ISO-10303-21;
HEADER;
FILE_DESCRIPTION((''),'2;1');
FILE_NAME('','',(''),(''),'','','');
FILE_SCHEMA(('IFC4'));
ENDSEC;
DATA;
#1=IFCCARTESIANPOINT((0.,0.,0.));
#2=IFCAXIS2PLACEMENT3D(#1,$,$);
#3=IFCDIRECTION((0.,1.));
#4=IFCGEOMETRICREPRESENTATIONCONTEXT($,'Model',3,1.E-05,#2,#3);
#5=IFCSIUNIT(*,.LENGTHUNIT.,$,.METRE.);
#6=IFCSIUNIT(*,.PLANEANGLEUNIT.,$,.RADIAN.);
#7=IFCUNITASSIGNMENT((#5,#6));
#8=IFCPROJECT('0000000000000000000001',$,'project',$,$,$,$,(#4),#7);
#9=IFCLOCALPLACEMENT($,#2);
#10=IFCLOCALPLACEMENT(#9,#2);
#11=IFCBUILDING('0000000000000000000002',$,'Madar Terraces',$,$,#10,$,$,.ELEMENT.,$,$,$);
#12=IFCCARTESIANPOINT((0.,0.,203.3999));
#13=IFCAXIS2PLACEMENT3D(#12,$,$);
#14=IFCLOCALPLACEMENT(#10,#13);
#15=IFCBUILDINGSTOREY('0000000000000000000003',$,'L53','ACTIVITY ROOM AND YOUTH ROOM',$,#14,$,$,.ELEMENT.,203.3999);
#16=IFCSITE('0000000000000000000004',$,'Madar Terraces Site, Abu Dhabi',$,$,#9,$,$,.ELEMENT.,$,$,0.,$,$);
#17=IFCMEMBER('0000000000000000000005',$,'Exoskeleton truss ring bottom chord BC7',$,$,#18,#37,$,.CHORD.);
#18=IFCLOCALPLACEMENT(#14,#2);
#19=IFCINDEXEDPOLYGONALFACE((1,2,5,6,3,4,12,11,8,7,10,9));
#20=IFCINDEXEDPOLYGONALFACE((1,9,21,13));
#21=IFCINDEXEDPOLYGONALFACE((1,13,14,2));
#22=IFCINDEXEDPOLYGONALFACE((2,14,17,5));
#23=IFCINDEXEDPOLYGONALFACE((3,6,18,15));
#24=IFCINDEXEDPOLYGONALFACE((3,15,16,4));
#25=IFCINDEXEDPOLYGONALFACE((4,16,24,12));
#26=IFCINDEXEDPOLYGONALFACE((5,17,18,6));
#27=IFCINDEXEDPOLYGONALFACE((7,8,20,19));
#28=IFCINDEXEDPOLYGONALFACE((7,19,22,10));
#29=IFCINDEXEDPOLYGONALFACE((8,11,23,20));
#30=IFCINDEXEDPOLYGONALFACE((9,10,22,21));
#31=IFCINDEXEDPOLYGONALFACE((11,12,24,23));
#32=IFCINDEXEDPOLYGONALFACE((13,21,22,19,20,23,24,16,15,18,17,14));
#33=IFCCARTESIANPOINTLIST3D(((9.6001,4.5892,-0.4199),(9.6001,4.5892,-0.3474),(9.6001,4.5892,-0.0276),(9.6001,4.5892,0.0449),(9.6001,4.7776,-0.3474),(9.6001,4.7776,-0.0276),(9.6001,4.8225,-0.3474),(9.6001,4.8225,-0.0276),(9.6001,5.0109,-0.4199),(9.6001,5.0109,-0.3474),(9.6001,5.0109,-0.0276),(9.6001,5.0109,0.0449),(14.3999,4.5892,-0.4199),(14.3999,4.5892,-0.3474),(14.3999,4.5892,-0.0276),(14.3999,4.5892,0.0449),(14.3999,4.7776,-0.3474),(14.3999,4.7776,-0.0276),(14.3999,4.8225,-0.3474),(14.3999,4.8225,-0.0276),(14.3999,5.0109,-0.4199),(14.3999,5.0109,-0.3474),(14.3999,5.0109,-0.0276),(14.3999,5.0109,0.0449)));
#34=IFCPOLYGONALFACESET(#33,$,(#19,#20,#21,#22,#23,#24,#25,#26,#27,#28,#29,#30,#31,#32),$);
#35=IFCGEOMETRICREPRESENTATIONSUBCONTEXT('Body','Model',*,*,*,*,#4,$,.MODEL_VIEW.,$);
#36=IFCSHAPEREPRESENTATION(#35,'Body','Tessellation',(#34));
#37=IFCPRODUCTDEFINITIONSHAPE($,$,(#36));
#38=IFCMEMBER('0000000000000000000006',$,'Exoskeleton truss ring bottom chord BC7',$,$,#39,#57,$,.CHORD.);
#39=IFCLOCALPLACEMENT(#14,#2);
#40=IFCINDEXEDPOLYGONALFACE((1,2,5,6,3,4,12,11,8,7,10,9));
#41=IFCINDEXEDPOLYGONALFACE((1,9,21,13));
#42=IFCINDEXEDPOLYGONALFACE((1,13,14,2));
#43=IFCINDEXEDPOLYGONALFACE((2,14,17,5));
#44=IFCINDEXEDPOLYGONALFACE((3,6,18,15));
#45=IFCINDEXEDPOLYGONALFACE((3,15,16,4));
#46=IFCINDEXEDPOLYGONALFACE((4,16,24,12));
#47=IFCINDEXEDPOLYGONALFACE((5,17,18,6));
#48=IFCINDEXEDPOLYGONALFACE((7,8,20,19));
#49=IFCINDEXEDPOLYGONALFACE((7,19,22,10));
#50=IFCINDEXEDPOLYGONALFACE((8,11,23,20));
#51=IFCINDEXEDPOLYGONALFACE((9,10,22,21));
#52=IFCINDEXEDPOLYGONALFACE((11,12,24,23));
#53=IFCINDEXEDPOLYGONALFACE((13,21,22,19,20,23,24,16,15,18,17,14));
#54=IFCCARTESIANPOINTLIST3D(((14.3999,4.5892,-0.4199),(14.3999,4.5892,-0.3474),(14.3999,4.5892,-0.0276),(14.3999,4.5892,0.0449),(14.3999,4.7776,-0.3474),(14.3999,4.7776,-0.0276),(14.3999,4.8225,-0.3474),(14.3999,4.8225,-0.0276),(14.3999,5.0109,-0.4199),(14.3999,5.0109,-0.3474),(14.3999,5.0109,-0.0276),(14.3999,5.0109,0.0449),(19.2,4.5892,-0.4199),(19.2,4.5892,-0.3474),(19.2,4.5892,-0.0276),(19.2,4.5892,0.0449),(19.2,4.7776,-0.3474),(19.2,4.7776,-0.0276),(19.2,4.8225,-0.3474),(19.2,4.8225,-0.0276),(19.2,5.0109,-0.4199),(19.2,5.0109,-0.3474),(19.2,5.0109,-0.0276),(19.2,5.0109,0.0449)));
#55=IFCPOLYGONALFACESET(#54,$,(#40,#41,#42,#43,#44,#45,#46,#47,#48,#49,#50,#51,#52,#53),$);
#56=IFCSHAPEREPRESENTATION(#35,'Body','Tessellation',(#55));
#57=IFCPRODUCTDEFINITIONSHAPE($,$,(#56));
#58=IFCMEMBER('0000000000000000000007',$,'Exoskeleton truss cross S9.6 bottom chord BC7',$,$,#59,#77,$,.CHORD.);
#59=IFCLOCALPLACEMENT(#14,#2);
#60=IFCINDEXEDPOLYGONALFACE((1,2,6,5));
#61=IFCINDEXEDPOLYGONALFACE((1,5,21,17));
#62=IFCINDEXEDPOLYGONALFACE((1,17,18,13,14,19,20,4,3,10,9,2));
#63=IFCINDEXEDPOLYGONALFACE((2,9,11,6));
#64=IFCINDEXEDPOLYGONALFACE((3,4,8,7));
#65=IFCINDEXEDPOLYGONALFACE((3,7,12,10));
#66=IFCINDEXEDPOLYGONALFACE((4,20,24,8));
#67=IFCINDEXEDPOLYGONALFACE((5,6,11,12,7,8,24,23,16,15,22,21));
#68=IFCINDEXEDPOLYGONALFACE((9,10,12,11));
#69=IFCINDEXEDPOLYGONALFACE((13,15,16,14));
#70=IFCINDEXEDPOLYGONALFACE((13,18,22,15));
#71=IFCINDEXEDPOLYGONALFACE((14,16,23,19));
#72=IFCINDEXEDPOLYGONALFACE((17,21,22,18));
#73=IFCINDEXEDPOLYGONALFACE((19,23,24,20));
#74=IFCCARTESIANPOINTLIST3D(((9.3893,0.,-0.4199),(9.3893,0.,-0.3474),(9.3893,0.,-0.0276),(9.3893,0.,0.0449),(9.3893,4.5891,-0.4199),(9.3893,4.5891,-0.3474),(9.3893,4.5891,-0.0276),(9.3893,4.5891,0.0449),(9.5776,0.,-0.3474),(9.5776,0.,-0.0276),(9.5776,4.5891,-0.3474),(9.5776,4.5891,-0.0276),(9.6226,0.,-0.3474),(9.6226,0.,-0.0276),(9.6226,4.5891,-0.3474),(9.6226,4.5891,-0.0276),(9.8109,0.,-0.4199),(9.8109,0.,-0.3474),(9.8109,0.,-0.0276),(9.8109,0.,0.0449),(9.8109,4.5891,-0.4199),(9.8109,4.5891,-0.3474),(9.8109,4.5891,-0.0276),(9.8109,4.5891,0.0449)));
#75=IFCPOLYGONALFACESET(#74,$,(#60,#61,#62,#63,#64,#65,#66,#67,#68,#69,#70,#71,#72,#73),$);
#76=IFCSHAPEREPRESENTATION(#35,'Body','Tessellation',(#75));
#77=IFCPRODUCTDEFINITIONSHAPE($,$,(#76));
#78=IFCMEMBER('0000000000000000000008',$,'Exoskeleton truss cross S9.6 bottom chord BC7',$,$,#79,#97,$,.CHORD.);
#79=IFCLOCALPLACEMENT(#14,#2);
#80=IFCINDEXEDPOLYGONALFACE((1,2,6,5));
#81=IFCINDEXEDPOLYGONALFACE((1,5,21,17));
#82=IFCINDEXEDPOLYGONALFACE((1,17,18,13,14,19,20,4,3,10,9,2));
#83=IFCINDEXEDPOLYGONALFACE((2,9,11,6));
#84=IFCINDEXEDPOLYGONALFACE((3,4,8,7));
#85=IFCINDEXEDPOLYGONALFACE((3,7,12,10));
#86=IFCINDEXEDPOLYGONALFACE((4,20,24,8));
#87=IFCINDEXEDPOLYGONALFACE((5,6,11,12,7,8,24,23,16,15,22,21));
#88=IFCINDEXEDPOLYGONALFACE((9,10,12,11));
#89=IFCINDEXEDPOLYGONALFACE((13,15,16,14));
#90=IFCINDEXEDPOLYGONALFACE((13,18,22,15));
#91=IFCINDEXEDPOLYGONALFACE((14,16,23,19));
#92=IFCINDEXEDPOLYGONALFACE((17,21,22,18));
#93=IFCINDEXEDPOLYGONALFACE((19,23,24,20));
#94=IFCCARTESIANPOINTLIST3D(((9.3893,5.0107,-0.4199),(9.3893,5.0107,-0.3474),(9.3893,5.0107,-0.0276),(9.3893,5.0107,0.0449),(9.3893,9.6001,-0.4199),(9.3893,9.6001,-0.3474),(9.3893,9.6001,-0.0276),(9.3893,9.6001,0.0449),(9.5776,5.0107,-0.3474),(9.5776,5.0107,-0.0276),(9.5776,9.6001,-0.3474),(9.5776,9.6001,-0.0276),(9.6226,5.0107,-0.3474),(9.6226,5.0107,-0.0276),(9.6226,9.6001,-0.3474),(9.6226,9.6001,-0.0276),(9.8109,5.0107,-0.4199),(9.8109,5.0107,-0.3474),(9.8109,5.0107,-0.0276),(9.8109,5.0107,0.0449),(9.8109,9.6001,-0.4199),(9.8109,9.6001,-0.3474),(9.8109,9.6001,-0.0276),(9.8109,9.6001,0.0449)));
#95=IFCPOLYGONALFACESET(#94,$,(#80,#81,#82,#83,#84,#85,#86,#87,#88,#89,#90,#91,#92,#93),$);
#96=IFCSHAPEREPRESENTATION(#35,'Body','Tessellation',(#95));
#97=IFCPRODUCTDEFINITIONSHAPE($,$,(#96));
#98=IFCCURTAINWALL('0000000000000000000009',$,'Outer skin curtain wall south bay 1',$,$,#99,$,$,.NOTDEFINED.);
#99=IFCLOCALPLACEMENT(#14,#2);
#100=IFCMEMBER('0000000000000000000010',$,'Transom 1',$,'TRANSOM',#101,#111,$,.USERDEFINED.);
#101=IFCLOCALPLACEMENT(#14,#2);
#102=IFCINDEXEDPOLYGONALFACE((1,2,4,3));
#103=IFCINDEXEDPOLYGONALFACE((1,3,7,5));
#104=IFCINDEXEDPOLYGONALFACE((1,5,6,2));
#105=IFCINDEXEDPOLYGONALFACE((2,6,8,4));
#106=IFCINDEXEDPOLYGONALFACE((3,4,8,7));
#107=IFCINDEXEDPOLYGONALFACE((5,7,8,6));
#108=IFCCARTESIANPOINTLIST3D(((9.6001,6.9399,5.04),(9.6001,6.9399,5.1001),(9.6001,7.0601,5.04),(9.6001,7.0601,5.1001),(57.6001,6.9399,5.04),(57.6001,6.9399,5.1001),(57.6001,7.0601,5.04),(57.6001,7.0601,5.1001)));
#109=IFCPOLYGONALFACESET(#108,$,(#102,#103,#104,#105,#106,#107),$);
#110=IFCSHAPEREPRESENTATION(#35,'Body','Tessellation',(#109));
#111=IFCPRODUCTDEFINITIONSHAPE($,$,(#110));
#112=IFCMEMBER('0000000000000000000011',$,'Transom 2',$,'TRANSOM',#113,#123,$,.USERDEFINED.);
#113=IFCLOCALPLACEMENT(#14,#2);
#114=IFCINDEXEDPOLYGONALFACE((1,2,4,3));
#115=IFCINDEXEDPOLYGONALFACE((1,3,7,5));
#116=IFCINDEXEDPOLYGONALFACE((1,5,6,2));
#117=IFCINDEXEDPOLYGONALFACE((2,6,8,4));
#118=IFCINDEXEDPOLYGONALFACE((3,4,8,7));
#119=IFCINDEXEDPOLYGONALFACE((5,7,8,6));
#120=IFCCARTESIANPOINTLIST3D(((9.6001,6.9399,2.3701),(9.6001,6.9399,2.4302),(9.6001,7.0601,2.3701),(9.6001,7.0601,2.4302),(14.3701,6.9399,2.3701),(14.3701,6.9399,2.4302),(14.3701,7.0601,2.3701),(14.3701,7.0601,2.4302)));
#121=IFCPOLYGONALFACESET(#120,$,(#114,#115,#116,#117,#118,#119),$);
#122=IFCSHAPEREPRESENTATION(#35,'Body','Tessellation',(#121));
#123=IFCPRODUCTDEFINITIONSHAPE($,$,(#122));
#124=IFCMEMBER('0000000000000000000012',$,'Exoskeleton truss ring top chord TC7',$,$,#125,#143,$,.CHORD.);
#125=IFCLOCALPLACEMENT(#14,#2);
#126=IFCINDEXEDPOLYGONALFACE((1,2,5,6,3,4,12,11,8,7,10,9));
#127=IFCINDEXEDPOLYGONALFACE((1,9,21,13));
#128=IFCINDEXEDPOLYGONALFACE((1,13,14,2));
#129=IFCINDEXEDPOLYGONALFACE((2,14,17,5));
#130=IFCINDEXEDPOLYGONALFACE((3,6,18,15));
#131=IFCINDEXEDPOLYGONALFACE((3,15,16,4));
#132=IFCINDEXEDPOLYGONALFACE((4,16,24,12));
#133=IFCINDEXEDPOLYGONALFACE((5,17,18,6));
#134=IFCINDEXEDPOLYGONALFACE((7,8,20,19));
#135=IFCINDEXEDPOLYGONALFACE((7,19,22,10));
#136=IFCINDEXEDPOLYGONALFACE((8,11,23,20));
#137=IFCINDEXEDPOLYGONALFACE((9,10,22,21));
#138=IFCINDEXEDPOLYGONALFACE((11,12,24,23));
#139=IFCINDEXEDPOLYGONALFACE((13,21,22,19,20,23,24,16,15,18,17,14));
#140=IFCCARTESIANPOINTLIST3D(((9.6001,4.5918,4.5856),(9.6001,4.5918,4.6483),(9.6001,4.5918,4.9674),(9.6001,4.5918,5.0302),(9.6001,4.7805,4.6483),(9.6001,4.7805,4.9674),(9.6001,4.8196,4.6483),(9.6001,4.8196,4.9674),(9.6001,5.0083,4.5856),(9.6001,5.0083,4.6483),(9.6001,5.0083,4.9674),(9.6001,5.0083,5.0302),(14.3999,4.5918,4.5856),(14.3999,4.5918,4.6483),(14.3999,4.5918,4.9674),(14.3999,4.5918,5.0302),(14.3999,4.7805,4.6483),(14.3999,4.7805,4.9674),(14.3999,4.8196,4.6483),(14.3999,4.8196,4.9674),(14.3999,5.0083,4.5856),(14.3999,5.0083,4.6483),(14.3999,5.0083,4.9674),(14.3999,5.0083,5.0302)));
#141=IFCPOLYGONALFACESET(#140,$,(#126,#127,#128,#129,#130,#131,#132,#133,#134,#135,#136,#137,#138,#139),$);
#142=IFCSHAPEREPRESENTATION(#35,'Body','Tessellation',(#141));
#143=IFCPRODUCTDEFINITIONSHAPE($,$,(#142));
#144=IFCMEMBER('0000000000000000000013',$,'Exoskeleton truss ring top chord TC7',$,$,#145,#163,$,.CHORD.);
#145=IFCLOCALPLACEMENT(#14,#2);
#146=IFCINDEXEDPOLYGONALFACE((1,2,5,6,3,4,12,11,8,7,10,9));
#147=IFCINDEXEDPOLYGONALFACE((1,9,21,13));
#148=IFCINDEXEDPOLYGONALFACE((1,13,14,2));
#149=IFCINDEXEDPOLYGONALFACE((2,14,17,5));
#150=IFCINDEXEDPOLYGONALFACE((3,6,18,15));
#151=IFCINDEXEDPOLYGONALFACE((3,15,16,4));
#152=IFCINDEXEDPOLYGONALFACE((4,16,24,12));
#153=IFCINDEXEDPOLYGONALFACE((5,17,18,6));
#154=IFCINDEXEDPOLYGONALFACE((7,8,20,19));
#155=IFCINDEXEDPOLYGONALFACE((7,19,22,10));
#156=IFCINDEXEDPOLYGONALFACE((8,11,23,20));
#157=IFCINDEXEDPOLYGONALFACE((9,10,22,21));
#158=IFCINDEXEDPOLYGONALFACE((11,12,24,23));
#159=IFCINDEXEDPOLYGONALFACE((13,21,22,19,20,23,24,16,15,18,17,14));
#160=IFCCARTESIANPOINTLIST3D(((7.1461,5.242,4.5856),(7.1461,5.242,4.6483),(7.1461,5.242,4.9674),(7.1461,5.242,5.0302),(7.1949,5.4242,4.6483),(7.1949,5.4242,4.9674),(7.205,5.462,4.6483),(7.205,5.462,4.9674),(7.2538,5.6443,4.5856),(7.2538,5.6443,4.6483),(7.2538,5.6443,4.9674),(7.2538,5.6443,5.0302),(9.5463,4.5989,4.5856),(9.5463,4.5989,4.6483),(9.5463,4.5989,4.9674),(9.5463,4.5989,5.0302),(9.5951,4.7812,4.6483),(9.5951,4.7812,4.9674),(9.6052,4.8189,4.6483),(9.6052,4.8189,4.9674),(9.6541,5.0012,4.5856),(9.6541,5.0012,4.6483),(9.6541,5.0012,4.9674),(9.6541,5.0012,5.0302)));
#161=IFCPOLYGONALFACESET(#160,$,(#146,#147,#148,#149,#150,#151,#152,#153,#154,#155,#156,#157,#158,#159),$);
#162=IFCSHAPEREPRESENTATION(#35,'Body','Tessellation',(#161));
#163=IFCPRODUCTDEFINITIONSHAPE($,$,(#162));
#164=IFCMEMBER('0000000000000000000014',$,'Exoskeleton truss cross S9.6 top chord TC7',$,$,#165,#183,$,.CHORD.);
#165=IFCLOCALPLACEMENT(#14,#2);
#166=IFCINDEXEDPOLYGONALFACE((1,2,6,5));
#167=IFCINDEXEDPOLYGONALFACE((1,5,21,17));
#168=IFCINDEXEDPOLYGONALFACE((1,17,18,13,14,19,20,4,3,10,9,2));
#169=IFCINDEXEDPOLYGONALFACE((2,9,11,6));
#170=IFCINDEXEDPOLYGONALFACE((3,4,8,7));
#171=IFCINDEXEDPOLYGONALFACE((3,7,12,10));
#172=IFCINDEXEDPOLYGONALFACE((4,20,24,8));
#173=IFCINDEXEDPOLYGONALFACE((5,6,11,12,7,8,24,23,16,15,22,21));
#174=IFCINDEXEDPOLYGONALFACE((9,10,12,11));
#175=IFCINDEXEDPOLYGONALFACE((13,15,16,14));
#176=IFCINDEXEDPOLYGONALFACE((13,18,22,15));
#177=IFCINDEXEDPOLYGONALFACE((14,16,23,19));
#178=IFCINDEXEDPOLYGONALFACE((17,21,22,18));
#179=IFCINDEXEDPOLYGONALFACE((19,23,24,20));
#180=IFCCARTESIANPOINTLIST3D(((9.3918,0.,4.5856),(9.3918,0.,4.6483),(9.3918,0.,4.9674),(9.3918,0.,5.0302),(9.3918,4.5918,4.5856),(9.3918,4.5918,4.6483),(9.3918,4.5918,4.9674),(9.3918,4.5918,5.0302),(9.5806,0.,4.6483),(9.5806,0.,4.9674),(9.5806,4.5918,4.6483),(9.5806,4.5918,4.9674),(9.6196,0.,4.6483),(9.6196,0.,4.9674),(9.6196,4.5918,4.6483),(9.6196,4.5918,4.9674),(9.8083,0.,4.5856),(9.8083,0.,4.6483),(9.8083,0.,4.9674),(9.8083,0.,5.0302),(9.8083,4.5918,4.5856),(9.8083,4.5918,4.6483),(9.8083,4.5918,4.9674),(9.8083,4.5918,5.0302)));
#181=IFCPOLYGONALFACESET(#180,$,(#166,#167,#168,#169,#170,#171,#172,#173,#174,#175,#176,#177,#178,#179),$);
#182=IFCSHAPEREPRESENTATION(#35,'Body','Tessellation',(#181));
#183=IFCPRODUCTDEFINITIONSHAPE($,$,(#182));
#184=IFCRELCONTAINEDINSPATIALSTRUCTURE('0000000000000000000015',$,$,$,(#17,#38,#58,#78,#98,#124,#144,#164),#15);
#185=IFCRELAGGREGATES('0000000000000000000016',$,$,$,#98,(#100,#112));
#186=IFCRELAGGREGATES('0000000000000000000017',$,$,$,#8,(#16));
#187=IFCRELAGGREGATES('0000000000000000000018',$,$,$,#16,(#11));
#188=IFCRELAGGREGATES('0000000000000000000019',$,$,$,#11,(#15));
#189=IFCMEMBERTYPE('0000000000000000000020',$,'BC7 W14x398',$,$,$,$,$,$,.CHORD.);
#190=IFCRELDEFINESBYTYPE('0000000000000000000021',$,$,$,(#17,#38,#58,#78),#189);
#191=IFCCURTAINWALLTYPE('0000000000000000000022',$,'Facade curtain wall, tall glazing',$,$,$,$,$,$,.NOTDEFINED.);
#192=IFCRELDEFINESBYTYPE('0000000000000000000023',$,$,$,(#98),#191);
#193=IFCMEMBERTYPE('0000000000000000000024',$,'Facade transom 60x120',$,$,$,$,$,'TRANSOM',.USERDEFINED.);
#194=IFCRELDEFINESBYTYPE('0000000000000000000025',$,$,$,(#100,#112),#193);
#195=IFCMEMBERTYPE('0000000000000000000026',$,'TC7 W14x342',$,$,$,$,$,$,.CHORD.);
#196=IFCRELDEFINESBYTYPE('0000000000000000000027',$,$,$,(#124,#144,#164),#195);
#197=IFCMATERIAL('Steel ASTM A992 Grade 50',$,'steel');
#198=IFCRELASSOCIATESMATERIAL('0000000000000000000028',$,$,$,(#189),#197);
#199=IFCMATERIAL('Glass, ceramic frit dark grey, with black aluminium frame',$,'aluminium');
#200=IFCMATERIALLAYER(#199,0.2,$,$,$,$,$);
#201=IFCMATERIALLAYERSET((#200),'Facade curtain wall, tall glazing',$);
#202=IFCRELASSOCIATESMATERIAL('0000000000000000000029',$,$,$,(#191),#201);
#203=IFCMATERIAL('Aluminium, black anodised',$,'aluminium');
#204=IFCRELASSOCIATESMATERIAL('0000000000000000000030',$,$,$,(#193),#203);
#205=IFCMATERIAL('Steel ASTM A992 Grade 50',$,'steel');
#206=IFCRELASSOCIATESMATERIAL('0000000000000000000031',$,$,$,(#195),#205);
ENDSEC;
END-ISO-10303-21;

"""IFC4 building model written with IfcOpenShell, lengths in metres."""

from ifc_helpers import new_model, si_unit, direction, frame, origin, origin_2d, place, context, subcontext, project, spatial, rectangle, i_section, extrude, material, layer, layer_set, material_profile, profile_set, type_object, element, aggregate, save


model = new_model("IFC4")

# Units and contexts
model_context = context("Model", 3, precision=1e-05, world=origin(), true_north=direction((0.0, 1.0)))
body_context = subcontext(model_context, "Body", "Model", "MODEL_VIEW")
ifc_project = project(units=[si_unit("LENGTHUNIT", "METRE"), si_unit("PLANEANGLEUNIT", "RADIAN")], contexts=[model_context])

# Site, building, storey
site_placement = place(None, origin())
site = spatial("IfcSite", under=ifc_project, at=site_placement, Name="Madar Terraces Site, Abu Dhabi", CompositionType="ELEMENT", RefElevation=0.0)
building_placement = place(site_placement, origin())
building = spatial("IfcBuilding", under=site, at=building_placement, Name="Madar Terraces", CompositionType="ELEMENT")
storey_placement = place(building_placement, frame((0.0, 0.0, 203.3999)))
storey = spatial("IfcBuildingStorey", under=building, at=storey_placement, Name="L53", Description="ACTIVITY ROOM AND YOUTH ROOM", CompositionType="ELEMENT", Elevation=203.3999)

# Members
ifc_material_1 = material(Name="Steel ASTM A992 Grade 50", Category="steel")
ifc_material_profile_1 = material_profile(ifc_material_1, i_section(OverallWidth=0.4216, OverallDepth=0.4648, WebThickness=0.0449, FlangeThickness=0.0725, at=origin_2d()), Name="W14x398")
ifc_profile_set_1 = profile_set([ifc_material_profile_1], Name="Steel ASTM A992 Grade 50")
member_type_1 = type_object("IfcMemberType", Name="BC7 W14x398", PredefinedType="CHORD", material=ifc_profile_set_1)
member_1_placement = place(storey_placement, frame((9.6001, 4.8, -0.1875), z_axis=(1.0, 0.0, 0.0), x_axis=(0.0, 1.0, 0.0)))
element("IfcMember", 1, at=member_1_placement, inside=storey, type_object=member_type_1, Name="Exoskeleton truss ring bottom chord BC7", PredefinedType="CHORD", context=body_context, shape_type="SweptSolid", body=[
    extrude(i_section(OverallWidth=0.4216, OverallDepth=0.4648, WebThickness=0.0449, FlangeThickness=0.0725, at=origin_2d()), origin(), (0.0, 0.0, 1.0), 4.7998),
])
member_2_placement = place(storey_placement, frame((14.3999, 4.8, -0.1875), z_axis=(1.0, 0.0, 0.0), x_axis=(0.0, 1.0, 0.0)))
element("IfcMember", 2, at=member_2_placement, inside=storey, type_object=member_type_1, Name="Exoskeleton truss ring bottom chord BC7", PredefinedType="CHORD", context=body_context, shape_type="SweptSolid", body=[
    extrude(i_section(OverallWidth=0.4216, OverallDepth=0.4648, WebThickness=0.0449, FlangeThickness=0.0725, at=origin_2d()), origin(), (0.0, 0.0, 1.0), 4.8),
])
member_3_placement = place(storey_placement, frame((9.6001, 0.0, -0.1875), z_axis=(0.0, 1.0, 0.0), x_axis=(-1.0, 0.0, 0.0)))
element("IfcMember", 3, at=member_3_placement, inside=storey, type_object=member_type_1, Name="Exoskeleton truss cross S9.6 bottom chord BC7", PredefinedType="CHORD", context=body_context, shape_type="SweptSolid", body=[
    extrude(i_section(OverallWidth=0.4216, OverallDepth=0.4648, WebThickness=0.0449, FlangeThickness=0.0725, at=origin_2d()), origin(), (0.0, 0.0, 1.0), 4.5891),
])
member_4_placement = place(storey_placement, frame((9.6001, 5.0107, -0.1875), z_axis=(0.0, 1.0, 0.0), x_axis=(-1.0, 0.0, 0.0)))
element("IfcMember", 4, at=member_4_placement, inside=storey, type_object=member_type_1, Name="Exoskeleton truss cross S9.6 bottom chord BC7", PredefinedType="CHORD", context=body_context, shape_type="SweptSolid", body=[
    extrude(i_section(OverallWidth=0.4216, OverallDepth=0.4648, WebThickness=0.0449, FlangeThickness=0.0725, at=origin_2d()), origin(), (0.0, 0.0, 1.0), 4.5894),
])

# Curtain wall, members
ifc_material_2 = material(Name="Glass, ceramic frit dark grey, with black aluminium frame", Category="aluminium")
ifc_layer_1 = layer(ifc_material_2, 0.2)
ifc_layer_set_1 = layer_set([ifc_layer_1], Name="Facade curtain wall, tall glazing")
curtain_wall_type = type_object("IfcCurtainWallType", Name="Facade curtain wall, tall glazing", PredefinedType="NOTDEFINED", material=ifc_layer_set_1)
curtain_wall_1_placement = place(storey_placement, origin())
curtain_wall_1 = element("IfcCurtainWall", 5, at=curtain_wall_1_placement, inside=storey, type_object=curtain_wall_type, Name="Outer skin curtain wall south bay 1", PredefinedType="NOTDEFINED")
ifc_material_3 = material(Name="Aluminium, black anodised", Category="aluminium")
ifc_material_profile_2 = material_profile(ifc_material_3, rectangle(XDim=0.1201, YDim=0.0601, at=origin_2d()), Name="Facade transom 60x120")
ifc_profile_set_2 = profile_set([ifc_material_profile_2], Name="Aluminium, black anodised")
member_type_2 = type_object("IfcMemberType", Name="Facade transom 60x120", ElementType="TRANSOM", PredefinedType="USERDEFINED", material=ifc_profile_set_2)
member_5_placement = place(storey_placement, frame((9.6001, 7.0, 5.0701), z_axis=(1.0, 0.0, 0.0), x_axis=(0.0, 1.0, 0.0)))
member_5 = element("IfcMember", 6, at=member_5_placement, type_object=member_type_2, Name="Transom 1", ObjectType="TRANSOM", PredefinedType="USERDEFINED", context=body_context, shape_type="SweptSolid", body=[
    extrude(rectangle(XDim=0.1201, YDim=0.0601, at=origin_2d()), origin(), (0.0, 0.0, 1.0), 48.0),
])
member_6_placement = place(storey_placement, frame((9.6001, 7.0, 2.4001), z_axis=(1.0, 0.0, 0.0), x_axis=(0.0, 1.0, 0.0)))
member_6 = element("IfcMember", 7, at=member_6_placement, type_object=member_type_2, Name="Transom 2", ObjectType="TRANSOM", PredefinedType="USERDEFINED", context=body_context, shape_type="SweptSolid", body=[
    extrude(rectangle(XDim=0.1201, YDim=0.0601, at=origin_2d()), origin(), (0.0, 0.0, 1.0), 4.77),
])

# Members
ifc_material_4 = material(Name="Steel ASTM A992 Grade 50", Category="steel")
ifc_material_profile_3 = material_profile(ifc_material_4, i_section(OverallWidth=0.4165, OverallDepth=0.4446, WebThickness=0.0391, FlangeThickness=0.0627, at=origin_2d()), Name="W14x342")
ifc_profile_set_3 = profile_set([ifc_material_profile_3], Name="Steel ASTM A992 Grade 50")
member_type_3 = type_object("IfcMemberType", Name="TC7 W14x342", PredefinedType="CHORD", material=ifc_profile_set_3)
member_7_placement = place(storey_placement, frame((9.6001, 4.8, 4.8079), z_axis=(1.0, 0.0, 0.0), x_axis=(0.0, 1.0, 0.0)))
element("IfcMember", 8, at=member_7_placement, inside=storey, type_object=member_type_3, Name="Exoskeleton truss ring top chord TC7", PredefinedType="CHORD", context=body_context, shape_type="SweptSolid", body=[
    extrude(i_section(OverallWidth=0.4165, OverallDepth=0.4446, WebThickness=0.0391, FlangeThickness=0.0627, at=origin_2d()), origin(), (0.0, 0.0, 1.0), 4.7998),
])
member_8_placement = place(storey_placement, frame((7.2, 5.4431, 4.8079), z_axis=(0.965931, -0.2588, 0.0), x_axis=(0.2588, 0.965931, 0.0)))
element("IfcMember", 9, at=member_8_placement, inside=storey, type_object=member_type_3, Name="Exoskeleton truss ring top chord TC7", PredefinedType="CHORD", context=body_context, shape_type="SweptSolid", body=[
    extrude(i_section(OverallWidth=0.4165, OverallDepth=0.4446, WebThickness=0.0391, FlangeThickness=0.0627, at=origin_2d()), origin(), (0.0, 0.0, 1.0), 2.4849),
])
for number, where, z_axis, x_axis, name in (
    (10, (9.6001, 0.0, 4.8079), (0.0, 1.0, 0.0), (-1.0, 0.0, 0.0), "Exoskeleton truss cross S9.6 top chord TC7"),
):
    element("IfcMember", number, at=place(storey_placement, frame(where, z_axis=z_axis, x_axis=x_axis)), inside=storey, type_object=member_type_3, Name=name, PredefinedType="CHORD", context=body_context, shape_type="SweptSolid", body=[
        extrude(i_section(OverallWidth=0.4165, OverallDepth=0.4446, WebThickness=0.0391, FlangeThickness=0.0627, at=origin_2d()), origin(), (0.0, 0.0, 1.0), 4.5918),
    ])

aggregate(curtain_wall_1, [member_5, member_6])

save(model, "model.ifc")
